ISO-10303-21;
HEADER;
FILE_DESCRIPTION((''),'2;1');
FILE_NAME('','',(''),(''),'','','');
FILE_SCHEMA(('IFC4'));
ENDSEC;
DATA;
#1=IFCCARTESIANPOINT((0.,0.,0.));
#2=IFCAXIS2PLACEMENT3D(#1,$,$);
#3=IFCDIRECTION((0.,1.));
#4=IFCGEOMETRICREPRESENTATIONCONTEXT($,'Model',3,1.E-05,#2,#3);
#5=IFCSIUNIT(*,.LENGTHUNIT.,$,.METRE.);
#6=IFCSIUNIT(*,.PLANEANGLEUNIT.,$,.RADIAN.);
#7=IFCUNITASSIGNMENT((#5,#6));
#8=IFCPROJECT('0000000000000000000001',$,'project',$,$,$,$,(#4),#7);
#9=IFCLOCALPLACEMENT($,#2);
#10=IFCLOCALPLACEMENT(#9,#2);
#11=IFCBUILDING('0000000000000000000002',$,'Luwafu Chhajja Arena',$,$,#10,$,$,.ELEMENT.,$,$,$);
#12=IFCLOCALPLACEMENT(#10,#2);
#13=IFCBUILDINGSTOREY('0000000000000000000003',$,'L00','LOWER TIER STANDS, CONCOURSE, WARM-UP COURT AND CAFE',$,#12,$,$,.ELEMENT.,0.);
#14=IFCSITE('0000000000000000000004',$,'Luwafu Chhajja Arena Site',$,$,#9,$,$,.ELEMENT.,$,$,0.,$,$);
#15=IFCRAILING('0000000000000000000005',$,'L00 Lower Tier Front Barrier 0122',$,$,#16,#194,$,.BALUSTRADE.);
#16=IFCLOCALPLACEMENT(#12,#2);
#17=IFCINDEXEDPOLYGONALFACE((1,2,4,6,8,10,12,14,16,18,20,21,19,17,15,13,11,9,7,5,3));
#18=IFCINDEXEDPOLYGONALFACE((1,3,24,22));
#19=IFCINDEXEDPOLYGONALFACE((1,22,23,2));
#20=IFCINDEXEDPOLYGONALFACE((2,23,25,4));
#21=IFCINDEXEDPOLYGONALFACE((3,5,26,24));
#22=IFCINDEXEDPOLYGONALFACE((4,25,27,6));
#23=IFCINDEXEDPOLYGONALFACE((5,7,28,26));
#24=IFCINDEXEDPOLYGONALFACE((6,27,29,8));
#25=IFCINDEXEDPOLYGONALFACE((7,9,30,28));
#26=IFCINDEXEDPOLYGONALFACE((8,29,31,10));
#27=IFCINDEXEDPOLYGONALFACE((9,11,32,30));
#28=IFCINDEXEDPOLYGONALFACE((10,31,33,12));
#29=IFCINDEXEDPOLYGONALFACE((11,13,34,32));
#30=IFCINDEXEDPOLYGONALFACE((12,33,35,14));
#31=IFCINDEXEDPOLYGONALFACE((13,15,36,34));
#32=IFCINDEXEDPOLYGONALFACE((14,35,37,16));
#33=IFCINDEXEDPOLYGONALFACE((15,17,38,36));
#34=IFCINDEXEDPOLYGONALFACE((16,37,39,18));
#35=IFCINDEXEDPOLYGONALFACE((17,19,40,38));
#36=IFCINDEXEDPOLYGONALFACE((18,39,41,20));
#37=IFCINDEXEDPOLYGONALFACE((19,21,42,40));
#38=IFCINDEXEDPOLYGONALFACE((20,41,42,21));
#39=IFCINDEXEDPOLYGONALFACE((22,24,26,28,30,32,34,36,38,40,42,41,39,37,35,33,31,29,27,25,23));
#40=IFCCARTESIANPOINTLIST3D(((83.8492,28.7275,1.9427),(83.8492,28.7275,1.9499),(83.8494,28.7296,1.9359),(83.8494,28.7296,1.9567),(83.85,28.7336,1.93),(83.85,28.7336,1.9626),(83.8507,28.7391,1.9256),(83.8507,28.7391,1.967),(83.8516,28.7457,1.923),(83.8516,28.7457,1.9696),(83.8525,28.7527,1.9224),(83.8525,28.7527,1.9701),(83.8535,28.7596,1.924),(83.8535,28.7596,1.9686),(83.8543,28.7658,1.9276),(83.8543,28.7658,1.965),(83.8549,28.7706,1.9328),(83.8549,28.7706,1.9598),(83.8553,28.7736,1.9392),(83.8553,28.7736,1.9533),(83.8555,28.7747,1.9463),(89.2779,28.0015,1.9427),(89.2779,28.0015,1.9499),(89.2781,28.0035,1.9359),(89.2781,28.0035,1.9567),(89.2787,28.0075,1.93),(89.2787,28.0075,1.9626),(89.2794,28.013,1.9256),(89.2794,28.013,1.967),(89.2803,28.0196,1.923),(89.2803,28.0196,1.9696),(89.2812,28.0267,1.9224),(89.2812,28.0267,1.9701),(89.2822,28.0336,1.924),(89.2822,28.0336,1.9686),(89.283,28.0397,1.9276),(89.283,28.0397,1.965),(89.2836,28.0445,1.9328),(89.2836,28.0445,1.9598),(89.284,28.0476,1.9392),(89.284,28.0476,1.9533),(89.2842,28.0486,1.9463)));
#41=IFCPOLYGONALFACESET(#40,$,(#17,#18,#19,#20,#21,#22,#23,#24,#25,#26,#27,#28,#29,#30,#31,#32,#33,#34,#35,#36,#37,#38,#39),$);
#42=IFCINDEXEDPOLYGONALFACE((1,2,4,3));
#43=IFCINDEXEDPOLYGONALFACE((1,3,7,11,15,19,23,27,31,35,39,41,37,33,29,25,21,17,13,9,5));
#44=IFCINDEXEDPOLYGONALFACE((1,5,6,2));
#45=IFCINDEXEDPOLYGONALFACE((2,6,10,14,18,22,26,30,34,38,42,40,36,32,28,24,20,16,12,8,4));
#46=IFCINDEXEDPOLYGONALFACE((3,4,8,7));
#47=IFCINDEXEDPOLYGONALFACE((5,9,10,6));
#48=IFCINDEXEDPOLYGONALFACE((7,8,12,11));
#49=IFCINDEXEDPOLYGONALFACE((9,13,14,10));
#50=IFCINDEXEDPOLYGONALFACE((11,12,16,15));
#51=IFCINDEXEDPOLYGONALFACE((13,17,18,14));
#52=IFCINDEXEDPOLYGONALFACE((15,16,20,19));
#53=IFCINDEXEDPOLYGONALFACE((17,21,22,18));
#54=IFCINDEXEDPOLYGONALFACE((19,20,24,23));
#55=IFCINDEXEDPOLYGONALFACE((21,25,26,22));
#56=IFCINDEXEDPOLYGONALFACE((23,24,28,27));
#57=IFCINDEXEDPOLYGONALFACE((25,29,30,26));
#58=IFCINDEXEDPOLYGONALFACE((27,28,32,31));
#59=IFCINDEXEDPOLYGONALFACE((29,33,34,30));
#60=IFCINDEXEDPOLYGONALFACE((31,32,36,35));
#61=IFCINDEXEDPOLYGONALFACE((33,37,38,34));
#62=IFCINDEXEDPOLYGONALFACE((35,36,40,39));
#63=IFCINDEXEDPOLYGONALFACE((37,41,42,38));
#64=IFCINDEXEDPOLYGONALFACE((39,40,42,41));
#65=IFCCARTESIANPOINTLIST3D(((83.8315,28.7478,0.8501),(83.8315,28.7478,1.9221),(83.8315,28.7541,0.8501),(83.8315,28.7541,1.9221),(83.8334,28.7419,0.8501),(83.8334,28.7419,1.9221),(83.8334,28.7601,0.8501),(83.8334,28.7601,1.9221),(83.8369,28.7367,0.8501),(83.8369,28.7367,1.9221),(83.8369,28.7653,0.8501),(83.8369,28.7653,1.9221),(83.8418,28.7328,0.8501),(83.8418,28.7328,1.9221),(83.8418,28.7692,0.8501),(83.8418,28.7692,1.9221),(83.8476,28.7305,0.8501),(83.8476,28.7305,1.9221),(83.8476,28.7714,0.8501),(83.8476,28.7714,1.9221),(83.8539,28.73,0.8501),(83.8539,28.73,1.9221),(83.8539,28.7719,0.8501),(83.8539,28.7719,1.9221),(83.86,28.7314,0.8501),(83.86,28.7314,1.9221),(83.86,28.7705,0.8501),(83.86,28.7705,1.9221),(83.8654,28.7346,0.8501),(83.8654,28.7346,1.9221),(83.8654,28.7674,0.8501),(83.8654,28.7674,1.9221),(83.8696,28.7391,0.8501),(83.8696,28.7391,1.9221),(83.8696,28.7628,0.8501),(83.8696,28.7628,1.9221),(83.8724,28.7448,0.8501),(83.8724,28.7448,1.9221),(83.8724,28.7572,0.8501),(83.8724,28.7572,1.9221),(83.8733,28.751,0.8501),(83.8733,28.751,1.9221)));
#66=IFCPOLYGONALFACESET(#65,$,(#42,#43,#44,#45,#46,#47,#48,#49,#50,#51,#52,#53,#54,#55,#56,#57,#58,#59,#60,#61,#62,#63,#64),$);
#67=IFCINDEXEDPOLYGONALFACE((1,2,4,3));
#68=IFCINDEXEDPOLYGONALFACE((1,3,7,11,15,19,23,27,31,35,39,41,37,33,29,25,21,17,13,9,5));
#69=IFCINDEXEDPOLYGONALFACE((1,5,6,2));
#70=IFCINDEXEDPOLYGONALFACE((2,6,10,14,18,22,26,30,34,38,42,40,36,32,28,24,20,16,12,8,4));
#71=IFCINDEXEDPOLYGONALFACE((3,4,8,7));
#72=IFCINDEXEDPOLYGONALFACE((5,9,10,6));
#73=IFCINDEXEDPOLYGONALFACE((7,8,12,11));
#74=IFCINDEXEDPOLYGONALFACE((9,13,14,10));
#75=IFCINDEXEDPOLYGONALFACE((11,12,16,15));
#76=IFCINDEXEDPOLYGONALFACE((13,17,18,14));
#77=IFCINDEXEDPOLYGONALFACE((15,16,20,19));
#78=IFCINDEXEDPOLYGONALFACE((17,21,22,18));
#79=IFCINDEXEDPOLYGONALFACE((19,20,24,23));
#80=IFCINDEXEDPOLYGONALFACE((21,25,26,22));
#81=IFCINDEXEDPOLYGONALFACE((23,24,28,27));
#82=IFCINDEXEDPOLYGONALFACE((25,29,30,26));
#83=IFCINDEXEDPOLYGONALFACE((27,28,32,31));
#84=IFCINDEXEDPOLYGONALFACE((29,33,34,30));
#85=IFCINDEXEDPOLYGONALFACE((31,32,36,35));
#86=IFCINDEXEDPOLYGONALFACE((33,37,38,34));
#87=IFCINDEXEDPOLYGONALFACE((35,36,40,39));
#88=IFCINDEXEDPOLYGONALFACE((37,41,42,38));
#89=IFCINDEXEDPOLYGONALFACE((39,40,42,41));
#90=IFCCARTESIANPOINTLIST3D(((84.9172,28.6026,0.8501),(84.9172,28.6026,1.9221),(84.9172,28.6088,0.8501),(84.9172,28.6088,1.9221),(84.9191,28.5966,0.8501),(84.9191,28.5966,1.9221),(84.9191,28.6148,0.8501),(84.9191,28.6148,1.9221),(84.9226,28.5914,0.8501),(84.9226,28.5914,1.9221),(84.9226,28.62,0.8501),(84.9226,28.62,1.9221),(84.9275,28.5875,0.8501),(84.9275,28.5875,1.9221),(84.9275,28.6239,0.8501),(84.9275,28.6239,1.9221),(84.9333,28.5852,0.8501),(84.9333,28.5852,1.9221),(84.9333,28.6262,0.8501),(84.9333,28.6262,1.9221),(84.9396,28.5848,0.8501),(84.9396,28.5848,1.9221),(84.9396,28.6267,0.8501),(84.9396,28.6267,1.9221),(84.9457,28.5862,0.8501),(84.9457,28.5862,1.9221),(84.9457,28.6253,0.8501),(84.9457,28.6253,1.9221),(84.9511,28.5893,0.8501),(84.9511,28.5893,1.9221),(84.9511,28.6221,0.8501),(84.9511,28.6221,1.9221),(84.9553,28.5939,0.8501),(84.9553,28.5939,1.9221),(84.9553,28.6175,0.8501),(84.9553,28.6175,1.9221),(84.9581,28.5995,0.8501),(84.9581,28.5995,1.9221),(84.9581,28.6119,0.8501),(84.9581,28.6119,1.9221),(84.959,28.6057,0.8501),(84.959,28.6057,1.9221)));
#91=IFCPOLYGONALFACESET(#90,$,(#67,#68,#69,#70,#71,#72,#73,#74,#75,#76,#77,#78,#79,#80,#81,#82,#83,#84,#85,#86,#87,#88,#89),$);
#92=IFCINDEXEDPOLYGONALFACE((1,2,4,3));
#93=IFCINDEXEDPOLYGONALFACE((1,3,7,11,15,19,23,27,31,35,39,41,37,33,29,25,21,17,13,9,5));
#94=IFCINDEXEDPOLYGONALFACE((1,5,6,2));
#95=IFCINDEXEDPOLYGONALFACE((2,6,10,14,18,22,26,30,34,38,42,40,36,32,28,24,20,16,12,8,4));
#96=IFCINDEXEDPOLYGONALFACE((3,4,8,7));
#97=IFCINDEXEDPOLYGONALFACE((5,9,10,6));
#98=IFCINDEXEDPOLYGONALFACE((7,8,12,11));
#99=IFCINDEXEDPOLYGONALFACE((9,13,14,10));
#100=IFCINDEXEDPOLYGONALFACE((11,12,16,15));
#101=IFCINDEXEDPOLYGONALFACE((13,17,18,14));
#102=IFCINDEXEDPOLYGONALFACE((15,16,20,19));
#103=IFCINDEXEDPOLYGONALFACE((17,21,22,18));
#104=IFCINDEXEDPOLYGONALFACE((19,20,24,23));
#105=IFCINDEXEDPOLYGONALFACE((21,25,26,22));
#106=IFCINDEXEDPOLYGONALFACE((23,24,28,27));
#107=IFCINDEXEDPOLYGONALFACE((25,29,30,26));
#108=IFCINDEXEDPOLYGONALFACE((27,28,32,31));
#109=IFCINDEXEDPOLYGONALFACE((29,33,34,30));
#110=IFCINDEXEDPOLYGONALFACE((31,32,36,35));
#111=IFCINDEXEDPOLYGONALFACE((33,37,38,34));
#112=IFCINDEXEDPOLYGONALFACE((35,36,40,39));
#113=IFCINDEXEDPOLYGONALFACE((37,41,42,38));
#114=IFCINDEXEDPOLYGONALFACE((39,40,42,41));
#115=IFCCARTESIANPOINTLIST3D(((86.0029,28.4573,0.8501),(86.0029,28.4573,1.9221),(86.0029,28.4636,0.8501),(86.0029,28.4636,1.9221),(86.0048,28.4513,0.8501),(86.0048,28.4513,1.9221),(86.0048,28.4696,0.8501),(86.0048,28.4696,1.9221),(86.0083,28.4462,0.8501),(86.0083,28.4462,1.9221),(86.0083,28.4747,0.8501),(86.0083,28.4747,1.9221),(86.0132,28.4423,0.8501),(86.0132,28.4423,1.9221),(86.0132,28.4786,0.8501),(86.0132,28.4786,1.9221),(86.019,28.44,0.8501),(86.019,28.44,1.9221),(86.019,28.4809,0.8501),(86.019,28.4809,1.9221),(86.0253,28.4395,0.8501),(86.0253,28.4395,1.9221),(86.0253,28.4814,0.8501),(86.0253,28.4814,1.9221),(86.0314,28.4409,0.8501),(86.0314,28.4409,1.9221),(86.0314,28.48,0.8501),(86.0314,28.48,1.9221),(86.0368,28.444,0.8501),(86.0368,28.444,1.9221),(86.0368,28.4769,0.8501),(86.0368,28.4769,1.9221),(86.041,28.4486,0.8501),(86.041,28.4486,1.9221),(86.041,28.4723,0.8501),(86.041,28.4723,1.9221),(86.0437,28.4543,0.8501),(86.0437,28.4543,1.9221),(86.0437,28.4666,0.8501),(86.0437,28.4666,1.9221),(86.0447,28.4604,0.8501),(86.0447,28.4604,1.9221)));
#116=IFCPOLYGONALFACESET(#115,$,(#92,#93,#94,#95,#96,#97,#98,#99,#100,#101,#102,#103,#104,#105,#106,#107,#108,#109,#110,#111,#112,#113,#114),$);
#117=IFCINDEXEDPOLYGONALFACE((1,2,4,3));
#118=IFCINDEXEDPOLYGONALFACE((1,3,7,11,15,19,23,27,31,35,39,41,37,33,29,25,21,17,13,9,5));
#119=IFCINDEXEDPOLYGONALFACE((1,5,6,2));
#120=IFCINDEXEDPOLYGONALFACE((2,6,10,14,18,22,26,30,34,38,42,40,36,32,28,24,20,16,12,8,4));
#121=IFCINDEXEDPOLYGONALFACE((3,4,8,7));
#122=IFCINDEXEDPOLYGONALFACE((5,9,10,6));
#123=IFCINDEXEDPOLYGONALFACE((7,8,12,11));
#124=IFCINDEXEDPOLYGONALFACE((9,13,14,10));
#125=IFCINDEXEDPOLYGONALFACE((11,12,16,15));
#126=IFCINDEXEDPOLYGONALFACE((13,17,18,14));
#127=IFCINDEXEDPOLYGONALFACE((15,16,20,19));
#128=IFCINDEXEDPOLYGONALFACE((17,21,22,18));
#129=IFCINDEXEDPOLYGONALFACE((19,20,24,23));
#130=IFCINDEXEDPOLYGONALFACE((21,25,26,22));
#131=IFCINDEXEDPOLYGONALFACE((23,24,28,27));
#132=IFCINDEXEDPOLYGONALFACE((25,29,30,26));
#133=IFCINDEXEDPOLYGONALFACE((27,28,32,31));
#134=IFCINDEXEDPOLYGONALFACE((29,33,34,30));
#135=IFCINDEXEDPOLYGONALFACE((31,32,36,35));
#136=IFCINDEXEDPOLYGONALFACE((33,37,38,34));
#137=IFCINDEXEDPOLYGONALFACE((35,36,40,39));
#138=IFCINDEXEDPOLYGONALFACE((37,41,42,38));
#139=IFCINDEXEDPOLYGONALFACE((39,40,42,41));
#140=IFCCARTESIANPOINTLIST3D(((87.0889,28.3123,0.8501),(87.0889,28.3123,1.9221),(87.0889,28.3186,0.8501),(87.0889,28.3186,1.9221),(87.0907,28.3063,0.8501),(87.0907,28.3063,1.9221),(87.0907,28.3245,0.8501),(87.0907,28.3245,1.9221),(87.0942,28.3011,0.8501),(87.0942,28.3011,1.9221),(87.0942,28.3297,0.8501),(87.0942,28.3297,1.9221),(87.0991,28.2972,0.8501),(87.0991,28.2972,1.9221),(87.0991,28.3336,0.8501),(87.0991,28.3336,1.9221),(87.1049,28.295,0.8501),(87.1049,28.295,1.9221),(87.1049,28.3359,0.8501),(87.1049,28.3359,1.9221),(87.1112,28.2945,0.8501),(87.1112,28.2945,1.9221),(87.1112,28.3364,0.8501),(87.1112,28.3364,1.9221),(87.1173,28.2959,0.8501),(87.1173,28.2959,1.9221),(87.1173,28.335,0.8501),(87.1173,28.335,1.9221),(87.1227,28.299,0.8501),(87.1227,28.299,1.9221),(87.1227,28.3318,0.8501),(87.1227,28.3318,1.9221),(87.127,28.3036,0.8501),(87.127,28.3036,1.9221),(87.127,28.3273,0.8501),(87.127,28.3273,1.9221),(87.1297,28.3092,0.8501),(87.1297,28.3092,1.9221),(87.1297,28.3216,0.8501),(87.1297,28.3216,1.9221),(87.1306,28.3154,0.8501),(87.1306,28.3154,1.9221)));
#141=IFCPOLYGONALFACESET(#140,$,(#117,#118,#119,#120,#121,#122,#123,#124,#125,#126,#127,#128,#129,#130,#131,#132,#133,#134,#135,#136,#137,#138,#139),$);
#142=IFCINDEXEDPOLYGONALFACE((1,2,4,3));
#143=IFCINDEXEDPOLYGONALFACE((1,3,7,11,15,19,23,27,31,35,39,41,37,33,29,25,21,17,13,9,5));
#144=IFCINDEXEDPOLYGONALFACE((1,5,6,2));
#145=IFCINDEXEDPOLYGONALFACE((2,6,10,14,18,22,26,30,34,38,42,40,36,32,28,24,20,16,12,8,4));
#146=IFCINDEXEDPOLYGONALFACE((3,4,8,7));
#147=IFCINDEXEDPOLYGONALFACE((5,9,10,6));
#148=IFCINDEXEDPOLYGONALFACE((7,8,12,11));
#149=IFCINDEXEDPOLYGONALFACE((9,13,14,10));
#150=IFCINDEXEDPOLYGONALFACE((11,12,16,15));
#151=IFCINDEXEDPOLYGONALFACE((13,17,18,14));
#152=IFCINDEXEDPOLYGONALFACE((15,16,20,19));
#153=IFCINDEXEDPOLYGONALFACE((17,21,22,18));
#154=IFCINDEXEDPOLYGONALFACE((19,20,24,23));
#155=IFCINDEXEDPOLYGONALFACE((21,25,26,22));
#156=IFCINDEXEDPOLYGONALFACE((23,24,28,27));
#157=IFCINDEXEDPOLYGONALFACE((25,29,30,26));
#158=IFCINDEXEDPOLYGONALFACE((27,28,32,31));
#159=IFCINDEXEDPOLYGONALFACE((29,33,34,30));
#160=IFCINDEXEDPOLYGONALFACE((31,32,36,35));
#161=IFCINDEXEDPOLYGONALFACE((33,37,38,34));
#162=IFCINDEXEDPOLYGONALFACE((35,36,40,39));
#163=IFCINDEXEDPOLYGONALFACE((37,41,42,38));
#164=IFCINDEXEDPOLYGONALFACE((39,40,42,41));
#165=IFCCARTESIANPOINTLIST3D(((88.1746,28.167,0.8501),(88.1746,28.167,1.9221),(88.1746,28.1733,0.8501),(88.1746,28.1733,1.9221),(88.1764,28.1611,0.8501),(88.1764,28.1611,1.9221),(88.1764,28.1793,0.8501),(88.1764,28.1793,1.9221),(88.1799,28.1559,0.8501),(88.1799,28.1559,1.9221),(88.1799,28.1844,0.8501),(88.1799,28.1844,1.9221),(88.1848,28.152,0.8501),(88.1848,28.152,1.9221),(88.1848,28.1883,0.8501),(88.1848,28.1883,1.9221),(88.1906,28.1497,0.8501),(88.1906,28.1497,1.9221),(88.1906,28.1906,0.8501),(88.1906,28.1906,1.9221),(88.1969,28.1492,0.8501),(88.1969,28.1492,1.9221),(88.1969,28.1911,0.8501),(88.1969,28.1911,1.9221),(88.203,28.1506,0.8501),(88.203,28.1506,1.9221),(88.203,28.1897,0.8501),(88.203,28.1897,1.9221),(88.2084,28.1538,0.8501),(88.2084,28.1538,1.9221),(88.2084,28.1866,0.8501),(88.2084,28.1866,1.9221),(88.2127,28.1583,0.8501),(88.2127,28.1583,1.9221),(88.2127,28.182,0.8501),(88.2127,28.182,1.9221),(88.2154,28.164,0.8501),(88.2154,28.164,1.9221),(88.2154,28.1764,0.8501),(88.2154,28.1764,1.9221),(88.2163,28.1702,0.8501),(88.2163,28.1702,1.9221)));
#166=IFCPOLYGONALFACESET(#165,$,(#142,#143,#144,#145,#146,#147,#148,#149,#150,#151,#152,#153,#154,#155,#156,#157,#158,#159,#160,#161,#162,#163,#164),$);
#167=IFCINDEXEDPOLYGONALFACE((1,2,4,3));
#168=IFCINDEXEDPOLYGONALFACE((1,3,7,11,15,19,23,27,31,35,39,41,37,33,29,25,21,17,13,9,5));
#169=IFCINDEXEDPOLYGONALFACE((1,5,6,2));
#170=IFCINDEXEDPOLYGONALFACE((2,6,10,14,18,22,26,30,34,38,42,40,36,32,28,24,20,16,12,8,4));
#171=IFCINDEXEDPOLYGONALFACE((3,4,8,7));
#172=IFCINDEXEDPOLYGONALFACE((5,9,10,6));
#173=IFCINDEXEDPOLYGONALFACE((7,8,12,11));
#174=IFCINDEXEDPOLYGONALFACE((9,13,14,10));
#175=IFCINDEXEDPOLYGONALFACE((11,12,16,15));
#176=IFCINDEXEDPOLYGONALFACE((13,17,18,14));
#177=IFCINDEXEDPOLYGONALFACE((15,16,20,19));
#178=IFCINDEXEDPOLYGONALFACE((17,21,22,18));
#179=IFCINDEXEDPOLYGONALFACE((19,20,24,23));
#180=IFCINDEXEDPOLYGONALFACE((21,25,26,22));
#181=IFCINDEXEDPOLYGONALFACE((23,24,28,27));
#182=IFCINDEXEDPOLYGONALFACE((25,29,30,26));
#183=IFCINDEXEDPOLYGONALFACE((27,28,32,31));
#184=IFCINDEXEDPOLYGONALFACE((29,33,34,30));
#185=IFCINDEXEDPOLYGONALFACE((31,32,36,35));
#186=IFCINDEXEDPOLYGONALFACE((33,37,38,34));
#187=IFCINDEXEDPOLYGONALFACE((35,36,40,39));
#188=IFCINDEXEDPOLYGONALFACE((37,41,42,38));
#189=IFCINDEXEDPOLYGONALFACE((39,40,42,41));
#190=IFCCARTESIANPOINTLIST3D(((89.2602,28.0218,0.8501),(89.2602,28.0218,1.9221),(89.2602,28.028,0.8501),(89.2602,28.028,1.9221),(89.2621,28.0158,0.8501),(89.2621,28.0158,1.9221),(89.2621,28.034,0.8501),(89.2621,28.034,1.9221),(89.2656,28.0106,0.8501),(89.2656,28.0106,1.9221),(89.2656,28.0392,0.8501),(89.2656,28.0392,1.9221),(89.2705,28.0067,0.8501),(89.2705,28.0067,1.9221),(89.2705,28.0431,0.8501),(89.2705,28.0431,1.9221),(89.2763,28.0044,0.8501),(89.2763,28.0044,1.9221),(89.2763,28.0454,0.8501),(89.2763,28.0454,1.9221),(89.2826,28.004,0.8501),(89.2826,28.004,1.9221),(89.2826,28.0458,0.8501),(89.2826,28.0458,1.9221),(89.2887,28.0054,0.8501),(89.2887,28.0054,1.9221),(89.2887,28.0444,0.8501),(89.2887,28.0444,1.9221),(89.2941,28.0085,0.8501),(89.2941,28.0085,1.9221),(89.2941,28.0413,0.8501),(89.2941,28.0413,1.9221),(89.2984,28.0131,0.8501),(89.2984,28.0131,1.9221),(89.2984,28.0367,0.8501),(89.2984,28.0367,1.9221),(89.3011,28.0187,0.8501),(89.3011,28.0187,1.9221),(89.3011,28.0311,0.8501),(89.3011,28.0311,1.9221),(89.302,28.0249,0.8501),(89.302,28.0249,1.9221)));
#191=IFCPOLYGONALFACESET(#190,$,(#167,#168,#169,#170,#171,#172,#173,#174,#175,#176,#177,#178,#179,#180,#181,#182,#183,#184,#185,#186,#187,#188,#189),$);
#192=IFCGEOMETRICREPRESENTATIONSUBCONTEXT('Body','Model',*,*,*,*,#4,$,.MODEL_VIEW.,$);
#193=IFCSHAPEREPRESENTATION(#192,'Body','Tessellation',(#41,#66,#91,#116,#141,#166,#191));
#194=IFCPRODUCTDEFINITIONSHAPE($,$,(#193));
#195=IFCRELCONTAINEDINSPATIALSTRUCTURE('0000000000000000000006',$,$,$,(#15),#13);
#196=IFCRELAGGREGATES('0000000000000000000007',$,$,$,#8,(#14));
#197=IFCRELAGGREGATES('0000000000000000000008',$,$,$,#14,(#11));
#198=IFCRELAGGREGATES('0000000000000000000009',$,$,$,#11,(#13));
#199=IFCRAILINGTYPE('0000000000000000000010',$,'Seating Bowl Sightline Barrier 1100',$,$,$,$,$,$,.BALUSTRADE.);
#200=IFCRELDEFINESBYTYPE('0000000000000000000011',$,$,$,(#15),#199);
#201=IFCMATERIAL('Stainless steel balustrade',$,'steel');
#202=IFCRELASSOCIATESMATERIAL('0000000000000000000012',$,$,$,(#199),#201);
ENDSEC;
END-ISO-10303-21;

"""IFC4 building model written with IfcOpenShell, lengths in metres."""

from ifc_helpers import new_model, si_unit, direction, frame, origin, origin_2d, place, context, subcontext, project, spatial, circle, extrude, material, type_object, element, save


model = new_model("IFC4")

# Units and contexts
model_context = context("Model", 3, precision=1e-05, world=origin(), true_north=direction((0.0, 1.0)))
body_context = subcontext(model_context, "Body", "Model", "MODEL_VIEW")
ifc_project = project(units=[si_unit("LENGTHUNIT", "METRE"), si_unit("PLANEANGLEUNIT", "RADIAN")], contexts=[model_context])

# Site, building, storey
site_placement = place(None, origin())
site = spatial("IfcSite", under=ifc_project, at=site_placement, Name="Luwafu Chhajja Arena Site", CompositionType="ELEMENT", RefElevation=0.0)
building_placement = place(site_placement, origin())
building = spatial("IfcBuilding", under=site, at=building_placement, Name="Luwafu Chhajja Arena", CompositionType="ELEMENT")
storey_placement = place(building_placement, origin())
storey = spatial("IfcBuildingStorey", under=building, at=storey_placement, Name="L00", Description="LOWER TIER STANDS, CONCOURSE, WARM-UP COURT AND CAFE", CompositionType="ELEMENT", Elevation=0.0)

# Railing
ifc_material_1 = material(Name="Stainless steel balustrade", Category="steel")
railing_type = type_object("IfcRailingType", Name="Seating Bowl Sightline Barrier 1100", PredefinedType="BALUSTRADE", material=ifc_material_1)
railing_1_placement = place(storey_placement, frame((83.8523, 28.751, 0.8501)))
element("IfcRailing", 1, at=railing_1_placement, inside=storey, type_object=railing_type, Name="L00 Lower Tier Front Barrier 0122", PredefinedType="BALUSTRADE", context=body_context, shape_type="SweptSolid", body=[
    extrude(circle(Radius=0.0239, at=origin_2d()), frame((0.0, 0.0, 1.0962), z_axis=(0.991174, -0.132567, 0.0), x_axis=(0.132567, 0.991174, 0.0)), (0.0, 0.0, 1.0), 5.4771),
    extrude(circle(Radius=0.021, at=origin_2d()), origin(), (0.0, 0.0, 1.0), 1.072),
    extrude(circle(Radius=0.021, at=origin_2d()), frame((1.0857, -0.1453, 0.0)), (0.0, 0.0, 1.0), 1.072),
    extrude(circle(Radius=0.021, at=origin_2d()), frame((2.1714, -0.2905, 0.0)), (0.0, 0.0, 1.0), 1.072),
    extrude(circle(Radius=0.021, at=origin_2d()), frame((3.2573, -0.4355, 0.0)), (0.0, 0.0, 1.0), 1.072),
    extrude(circle(Radius=0.021, at=origin_2d()), frame((4.343, -0.5808, 0.0)), (0.0, 0.0, 1.0), 1.072),
    extrude(circle(Radius=0.021, at=origin_2d()), frame((5.4287, -0.7261, 0.0)), (0.0, 0.0, 1.0), 1.072),
])

save(model, "model.ifc")
